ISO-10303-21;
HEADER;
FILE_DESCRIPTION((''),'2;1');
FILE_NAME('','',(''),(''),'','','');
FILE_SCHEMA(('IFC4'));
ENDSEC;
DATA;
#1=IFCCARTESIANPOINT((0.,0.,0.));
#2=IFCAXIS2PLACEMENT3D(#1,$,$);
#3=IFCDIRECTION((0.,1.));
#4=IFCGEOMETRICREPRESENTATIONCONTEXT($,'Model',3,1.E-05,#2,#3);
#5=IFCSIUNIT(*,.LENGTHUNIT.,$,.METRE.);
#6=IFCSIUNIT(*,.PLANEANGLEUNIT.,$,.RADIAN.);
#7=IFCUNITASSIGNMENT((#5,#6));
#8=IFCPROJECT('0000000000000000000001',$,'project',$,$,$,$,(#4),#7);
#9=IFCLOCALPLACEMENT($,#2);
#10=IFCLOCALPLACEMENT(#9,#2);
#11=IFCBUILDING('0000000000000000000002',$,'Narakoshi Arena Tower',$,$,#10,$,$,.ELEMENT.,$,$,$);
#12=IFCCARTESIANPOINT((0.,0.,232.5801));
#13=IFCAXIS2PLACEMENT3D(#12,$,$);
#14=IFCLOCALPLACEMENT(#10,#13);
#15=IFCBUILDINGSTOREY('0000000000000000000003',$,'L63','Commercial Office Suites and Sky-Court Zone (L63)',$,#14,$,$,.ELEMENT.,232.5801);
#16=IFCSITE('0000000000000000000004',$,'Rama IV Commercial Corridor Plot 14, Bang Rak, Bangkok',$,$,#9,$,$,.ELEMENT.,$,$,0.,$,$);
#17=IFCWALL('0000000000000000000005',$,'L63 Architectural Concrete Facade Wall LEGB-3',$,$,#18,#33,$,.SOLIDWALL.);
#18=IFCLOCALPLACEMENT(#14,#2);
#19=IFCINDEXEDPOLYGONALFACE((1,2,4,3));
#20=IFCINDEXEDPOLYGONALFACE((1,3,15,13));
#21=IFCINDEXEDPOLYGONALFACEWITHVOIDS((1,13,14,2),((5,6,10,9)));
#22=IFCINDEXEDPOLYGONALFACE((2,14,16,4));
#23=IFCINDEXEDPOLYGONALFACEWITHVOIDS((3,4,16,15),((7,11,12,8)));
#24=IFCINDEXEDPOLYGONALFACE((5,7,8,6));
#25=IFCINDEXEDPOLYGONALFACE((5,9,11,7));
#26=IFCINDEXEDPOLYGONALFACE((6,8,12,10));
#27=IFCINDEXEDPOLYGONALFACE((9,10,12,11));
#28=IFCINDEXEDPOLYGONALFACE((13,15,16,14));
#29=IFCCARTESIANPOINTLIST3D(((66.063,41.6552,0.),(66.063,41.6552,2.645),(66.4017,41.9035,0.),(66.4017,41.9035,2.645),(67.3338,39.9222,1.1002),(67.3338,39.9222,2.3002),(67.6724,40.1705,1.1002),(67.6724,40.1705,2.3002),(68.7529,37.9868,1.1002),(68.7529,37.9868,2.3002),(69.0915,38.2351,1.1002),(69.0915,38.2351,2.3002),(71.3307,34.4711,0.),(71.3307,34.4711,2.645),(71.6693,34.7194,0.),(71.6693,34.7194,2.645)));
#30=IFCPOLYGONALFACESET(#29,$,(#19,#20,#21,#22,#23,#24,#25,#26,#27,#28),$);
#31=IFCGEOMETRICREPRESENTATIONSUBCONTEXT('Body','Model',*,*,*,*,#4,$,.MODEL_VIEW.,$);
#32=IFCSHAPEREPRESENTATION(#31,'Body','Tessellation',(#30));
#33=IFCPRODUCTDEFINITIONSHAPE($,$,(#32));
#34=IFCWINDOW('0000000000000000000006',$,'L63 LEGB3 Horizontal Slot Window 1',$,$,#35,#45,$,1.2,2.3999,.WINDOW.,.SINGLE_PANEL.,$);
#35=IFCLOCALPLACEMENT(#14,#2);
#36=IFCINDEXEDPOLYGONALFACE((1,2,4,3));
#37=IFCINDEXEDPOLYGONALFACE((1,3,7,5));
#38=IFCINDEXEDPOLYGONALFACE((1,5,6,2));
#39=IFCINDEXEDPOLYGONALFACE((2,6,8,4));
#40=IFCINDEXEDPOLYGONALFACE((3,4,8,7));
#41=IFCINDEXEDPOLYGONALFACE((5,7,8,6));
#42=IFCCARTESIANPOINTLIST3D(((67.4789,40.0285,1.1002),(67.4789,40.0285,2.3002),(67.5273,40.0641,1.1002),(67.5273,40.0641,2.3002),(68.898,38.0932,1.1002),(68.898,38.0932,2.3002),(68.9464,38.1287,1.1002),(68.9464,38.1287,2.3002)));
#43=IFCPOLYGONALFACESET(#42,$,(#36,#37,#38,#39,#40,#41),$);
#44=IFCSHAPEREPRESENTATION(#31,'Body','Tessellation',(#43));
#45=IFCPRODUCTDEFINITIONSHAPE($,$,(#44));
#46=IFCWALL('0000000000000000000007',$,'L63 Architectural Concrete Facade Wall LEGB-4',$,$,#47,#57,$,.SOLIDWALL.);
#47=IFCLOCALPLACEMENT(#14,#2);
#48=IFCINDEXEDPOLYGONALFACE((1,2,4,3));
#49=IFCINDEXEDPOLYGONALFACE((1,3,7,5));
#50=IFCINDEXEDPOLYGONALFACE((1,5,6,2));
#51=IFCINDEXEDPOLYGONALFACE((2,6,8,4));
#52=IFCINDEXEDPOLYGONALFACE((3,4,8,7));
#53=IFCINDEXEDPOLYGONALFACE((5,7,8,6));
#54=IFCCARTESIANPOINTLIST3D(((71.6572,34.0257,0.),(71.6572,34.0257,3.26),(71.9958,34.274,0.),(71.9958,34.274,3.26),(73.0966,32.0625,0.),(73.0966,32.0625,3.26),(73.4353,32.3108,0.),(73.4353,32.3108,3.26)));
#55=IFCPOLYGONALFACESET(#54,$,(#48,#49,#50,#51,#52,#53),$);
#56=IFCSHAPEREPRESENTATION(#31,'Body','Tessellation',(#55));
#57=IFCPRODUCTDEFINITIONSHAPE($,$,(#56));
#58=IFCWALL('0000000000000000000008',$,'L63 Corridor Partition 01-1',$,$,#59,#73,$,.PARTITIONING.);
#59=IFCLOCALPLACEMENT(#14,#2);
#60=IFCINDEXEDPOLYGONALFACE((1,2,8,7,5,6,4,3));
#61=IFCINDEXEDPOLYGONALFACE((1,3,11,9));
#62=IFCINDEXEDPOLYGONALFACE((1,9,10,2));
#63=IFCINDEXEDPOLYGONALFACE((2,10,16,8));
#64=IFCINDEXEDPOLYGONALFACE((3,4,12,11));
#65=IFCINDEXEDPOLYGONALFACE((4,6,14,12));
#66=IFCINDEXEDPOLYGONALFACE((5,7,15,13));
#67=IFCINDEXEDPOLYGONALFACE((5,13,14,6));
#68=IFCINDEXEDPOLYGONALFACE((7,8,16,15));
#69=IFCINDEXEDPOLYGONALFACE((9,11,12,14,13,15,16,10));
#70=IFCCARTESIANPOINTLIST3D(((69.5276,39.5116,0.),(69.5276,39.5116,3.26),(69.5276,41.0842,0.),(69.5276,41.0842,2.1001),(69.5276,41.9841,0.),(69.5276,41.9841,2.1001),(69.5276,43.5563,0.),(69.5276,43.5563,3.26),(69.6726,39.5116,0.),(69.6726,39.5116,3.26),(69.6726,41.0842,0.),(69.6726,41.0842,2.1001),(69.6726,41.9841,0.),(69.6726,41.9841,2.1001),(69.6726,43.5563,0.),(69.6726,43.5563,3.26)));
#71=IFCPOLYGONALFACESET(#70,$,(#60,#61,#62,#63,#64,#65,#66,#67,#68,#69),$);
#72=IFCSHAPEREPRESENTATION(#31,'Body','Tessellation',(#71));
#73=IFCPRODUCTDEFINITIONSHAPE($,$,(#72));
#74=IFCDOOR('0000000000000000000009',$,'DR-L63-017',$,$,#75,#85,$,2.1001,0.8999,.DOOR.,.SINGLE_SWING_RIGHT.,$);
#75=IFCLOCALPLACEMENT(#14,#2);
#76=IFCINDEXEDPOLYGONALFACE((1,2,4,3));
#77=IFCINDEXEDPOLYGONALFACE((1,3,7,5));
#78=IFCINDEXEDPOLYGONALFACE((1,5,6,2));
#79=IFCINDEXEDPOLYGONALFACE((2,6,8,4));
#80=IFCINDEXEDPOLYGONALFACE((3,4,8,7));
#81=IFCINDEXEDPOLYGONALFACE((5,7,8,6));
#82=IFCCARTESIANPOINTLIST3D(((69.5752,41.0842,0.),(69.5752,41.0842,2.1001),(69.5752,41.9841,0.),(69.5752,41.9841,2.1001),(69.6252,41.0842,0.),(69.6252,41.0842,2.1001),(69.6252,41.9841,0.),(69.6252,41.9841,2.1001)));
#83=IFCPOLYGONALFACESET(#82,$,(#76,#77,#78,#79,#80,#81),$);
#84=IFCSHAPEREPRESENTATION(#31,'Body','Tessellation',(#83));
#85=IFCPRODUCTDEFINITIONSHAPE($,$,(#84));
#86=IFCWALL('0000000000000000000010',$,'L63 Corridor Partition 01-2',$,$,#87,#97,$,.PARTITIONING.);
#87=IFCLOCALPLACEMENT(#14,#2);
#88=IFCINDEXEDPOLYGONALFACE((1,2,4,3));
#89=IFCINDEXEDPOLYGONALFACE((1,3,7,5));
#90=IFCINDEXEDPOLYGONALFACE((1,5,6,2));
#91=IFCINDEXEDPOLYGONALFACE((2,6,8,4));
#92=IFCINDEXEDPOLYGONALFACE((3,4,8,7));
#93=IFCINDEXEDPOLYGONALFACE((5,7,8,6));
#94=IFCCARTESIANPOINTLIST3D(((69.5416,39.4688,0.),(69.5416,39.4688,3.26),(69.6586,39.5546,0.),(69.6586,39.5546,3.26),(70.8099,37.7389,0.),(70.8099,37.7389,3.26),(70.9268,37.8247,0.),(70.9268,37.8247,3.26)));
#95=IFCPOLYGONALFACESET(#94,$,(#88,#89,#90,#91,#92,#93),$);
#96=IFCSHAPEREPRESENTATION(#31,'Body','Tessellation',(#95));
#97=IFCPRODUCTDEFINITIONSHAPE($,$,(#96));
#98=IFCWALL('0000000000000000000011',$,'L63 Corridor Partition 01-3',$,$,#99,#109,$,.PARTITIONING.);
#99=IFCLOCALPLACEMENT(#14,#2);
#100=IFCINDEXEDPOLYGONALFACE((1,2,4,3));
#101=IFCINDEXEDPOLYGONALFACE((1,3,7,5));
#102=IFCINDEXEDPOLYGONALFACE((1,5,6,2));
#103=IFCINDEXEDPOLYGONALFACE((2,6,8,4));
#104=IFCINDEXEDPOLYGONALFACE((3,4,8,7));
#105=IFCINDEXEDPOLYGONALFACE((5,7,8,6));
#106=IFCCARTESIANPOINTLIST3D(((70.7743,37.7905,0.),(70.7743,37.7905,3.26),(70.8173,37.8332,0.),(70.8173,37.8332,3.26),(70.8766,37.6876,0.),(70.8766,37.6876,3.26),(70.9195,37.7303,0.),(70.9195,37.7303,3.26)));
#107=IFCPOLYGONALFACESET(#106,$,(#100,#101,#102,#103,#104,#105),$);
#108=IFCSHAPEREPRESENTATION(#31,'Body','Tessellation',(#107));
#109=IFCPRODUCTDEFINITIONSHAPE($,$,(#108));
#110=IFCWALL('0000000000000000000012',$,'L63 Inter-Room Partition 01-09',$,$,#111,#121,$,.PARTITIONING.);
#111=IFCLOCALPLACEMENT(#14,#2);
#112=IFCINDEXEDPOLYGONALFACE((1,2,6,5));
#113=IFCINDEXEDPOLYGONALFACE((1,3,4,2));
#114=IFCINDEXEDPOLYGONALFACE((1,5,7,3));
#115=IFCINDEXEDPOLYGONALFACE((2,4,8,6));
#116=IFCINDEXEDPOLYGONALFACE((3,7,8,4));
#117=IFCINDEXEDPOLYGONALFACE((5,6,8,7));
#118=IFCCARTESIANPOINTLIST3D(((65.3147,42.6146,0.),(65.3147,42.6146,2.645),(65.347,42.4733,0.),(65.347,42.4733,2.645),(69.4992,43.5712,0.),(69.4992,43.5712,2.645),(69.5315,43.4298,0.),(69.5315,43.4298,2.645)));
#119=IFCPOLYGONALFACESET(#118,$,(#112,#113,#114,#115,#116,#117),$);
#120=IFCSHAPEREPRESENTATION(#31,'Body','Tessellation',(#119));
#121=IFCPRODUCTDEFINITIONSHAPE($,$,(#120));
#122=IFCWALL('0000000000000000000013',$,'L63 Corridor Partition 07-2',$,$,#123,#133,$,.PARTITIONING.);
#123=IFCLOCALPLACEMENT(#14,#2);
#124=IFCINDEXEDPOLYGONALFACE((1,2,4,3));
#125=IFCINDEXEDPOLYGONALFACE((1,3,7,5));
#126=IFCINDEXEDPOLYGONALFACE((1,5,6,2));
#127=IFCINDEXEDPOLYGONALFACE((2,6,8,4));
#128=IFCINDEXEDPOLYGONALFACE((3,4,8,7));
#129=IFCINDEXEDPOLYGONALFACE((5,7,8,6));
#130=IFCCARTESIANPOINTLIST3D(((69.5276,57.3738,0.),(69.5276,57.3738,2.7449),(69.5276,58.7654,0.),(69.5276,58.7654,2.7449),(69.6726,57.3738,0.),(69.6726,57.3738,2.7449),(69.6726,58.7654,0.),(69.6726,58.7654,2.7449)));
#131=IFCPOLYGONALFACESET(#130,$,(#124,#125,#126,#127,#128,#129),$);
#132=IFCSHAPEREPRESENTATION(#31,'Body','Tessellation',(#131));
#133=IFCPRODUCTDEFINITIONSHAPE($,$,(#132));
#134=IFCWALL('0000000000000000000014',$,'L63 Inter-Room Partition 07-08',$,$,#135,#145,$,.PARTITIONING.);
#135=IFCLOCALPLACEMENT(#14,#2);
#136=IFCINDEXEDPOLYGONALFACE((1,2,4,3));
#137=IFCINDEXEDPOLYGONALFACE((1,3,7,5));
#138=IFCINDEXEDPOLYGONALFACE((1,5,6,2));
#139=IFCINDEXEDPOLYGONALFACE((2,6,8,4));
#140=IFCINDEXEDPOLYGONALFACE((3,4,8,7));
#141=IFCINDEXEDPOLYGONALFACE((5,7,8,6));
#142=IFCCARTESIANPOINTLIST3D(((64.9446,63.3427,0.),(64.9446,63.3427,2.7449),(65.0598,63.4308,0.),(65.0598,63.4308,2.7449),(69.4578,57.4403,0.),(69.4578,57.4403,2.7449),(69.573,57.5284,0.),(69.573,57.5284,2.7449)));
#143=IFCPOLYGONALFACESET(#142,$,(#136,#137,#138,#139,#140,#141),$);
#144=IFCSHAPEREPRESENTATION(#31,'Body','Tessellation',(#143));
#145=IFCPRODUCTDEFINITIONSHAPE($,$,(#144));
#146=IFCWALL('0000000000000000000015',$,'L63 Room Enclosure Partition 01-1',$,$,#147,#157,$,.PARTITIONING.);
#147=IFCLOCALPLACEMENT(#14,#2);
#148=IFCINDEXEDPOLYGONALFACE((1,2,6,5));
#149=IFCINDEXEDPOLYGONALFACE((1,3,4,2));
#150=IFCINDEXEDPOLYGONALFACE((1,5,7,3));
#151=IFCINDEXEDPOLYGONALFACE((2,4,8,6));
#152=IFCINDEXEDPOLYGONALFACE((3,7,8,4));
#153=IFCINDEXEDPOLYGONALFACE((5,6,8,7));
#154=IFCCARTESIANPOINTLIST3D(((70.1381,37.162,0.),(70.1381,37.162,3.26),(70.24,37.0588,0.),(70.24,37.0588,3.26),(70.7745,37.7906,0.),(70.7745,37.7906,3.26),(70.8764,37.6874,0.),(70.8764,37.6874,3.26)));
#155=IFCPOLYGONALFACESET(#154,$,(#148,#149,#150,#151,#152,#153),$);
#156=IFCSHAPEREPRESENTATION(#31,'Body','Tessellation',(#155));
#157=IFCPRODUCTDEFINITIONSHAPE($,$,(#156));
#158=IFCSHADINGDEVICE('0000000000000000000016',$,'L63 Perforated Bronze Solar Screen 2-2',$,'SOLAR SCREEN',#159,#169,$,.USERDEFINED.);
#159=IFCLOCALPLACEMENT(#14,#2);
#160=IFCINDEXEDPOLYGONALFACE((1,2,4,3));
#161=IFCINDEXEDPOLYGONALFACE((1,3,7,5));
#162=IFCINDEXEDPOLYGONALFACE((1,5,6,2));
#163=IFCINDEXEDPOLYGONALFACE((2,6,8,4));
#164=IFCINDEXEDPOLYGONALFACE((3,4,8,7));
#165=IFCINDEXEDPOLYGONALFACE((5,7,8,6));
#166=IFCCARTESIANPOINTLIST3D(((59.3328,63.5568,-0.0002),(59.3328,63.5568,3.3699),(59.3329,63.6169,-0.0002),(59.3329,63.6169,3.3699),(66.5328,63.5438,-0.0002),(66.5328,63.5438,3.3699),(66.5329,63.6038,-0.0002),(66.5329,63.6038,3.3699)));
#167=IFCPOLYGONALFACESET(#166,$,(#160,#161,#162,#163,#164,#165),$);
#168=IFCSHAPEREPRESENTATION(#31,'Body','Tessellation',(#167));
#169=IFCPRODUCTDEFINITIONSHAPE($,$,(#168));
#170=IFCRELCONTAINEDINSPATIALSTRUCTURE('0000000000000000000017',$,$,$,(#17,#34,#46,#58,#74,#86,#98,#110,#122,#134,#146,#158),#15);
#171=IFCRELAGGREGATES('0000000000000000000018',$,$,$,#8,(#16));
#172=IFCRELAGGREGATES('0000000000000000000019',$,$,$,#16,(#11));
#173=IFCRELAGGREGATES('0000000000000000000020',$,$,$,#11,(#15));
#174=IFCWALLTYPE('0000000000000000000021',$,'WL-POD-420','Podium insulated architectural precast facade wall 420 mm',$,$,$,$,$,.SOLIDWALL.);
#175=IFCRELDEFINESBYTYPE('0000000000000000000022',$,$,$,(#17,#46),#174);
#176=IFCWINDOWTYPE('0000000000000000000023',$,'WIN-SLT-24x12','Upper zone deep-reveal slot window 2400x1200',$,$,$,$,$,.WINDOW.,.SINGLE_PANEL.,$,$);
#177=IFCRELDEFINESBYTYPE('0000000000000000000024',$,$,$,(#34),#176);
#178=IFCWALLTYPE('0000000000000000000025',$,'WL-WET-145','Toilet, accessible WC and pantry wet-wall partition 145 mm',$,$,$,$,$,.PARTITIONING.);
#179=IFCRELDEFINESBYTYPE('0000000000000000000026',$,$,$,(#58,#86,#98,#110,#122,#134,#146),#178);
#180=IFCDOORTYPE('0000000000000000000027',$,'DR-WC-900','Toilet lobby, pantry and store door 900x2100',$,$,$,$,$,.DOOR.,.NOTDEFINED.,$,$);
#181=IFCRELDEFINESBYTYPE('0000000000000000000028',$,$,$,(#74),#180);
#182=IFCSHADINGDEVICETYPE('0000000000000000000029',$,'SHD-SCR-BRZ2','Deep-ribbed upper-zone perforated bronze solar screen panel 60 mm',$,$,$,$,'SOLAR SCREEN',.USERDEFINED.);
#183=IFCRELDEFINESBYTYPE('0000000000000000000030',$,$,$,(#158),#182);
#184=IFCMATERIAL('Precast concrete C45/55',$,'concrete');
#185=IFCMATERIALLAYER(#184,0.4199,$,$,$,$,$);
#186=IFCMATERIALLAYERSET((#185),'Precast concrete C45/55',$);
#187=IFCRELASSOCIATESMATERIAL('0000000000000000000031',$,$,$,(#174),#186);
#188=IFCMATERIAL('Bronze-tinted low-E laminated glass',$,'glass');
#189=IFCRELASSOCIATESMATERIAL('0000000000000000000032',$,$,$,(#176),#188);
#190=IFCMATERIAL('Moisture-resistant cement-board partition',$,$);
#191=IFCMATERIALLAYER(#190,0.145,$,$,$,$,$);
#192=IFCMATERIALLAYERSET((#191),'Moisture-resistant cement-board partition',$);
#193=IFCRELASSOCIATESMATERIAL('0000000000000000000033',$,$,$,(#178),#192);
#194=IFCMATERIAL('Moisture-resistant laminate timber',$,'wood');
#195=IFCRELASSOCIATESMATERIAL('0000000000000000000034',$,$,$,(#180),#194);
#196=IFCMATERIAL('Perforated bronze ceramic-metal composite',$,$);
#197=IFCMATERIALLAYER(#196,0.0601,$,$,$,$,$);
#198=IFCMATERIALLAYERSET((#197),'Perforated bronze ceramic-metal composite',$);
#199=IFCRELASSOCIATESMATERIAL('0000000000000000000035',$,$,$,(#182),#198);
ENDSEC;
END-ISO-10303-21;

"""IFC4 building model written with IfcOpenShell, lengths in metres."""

from ifc_helpers import new_model, si_unit, direction, frame, frame_2d, origin, origin_2d, place, context, subcontext, project, spatial, rectangle, extrude, material, layer, layer_set, type_object, element, fill, save


model = new_model("IFC4")

# Units and contexts
model_context = context("Model", 3, precision=1e-05, world=origin(), true_north=direction((0.0, 1.0)))
body_context = subcontext(model_context, "Body", "Model", "MODEL_VIEW")
ifc_project = project(units=[si_unit("LENGTHUNIT", "METRE"), si_unit("PLANEANGLEUNIT", "RADIAN")], contexts=[model_context])

# Site, building, storey
site_placement = place(None, origin())
site = spatial("IfcSite", under=ifc_project, at=site_placement, Name="Rama IV Commercial Corridor Plot 14, Bang Rak, Bangkok", CompositionType="ELEMENT", RefElevation=0.0)
building_placement = place(site_placement, origin())
building = spatial("IfcBuilding", under=site, at=building_placement, Name="Narakoshi Arena Tower", CompositionType="ELEMENT")
storey_placement = place(building_placement, frame((0.0, 0.0, 232.5801)))
storey = spatial("IfcBuildingStorey", under=building, at=storey_placement, Name="L63", Description="Commercial Office Suites and Sky-Court Zone (L63)", CompositionType="ELEMENT", Elevation=232.5801)

# Shared definitions
ifc_material_1 = material(Name="Bronze-tinted low-E laminated glass", Category="glass")

# Wall, opening, window
ifc_material_2 = material(Name="Precast concrete C45/55", Category="concrete")
ifc_layer_1 = layer(ifc_material_2, 0.4199)
ifc_layer_set_1 = layer_set([ifc_layer_1], Name="Precast concrete C45/55")
wall_type_1 = type_object("IfcWallType", Name="WL-POD-420", Description="Podium insulated architectural precast facade wall 420 mm", PredefinedType="SOLIDWALL", material=ifc_layer_set_1)
wall_1_placement = place(storey_placement, frame((66.2324, 41.7793, 0.0), z_axis=(0.0, 0.0, 1.0), x_axis=(0.591309, -0.806445, 0.0)))
wall_1 = element("IfcWall", 1, at=wall_1_placement, inside=storey, type_object=wall_type_1, Name="L63 Architectural Concrete Facade Wall LEGB-3", PredefinedType="SOLIDWALL", context=body_context, shape_type="SweptSolid", body=[
    extrude(rectangle(XDim=8.9084, YDim=0.4199, at=frame_2d((4.4541, 0.0))), origin(), (0.0, 0.0, 1.0), 2.645),
])
opening_1_placement = place(wall_1_placement, frame((2.1489, 0.0, 1.1001)))
opening_1 = element("IfcOpeningElement", 2, at=opening_1_placement, cuts=wall_1, PredefinedType="OPENING", context=body_context, shape_type="SweptSolid", body=[
    extrude(rectangle(XDim=2.3999, YDim=1.2, at=frame_2d((1.2, 0.6001))), frame((0.0, 0.22, 0.0), z_axis=(0.0, -1.0, 0.0), x_axis=(1.0, 0.0, 0.0)), (0.0, 0.0, 1.0), 0.4399),
])
window_type = type_object("IfcWindowType", Name="WIN-SLT-24x12", Description="Upper zone deep-reveal slot window 2400x1200", PartitioningType="SINGLE_PANEL", PredefinedType="WINDOW", material=ifc_material_1)
window_placement = place(opening_1_placement, origin())
window = element("IfcWindow", 3, at=window_placement, inside=storey, type_object=window_type, Name="L63 LEGB3 Horizontal Slot Window 1", OverallHeight=1.2, OverallWidth=2.3999, PartitioningType="SINGLE_PANEL", PredefinedType="WINDOW", context=body_context, shape_type="SweptSolid", body=[
    extrude(rectangle(XDim=2.3999, YDim=1.2, at=frame_2d((1.2, 0.6001))), frame((0.0, 0.03, 0.0), z_axis=(0.0, -1.0, 0.0), x_axis=(1.0, 0.0, 0.0)), (0.0, 0.0, 1.0), 0.0601),
])
fill(opening_1, window)

# Wall
wall_2_placement = place(storey_placement, frame((71.8264, 34.1499, 0.0), z_axis=(0.0, 0.0, 1.0), x_axis=(0.591316, -0.80644, 0.0)))
element("IfcWall", 4, at=wall_2_placement, inside=storey, type_object=wall_type_1, Name="L63 Architectural Concrete Facade Wall LEGB-4", PredefinedType="SOLIDWALL", context=body_context, shape_type="SweptSolid", body=[
    extrude(rectangle(XDim=2.4343, YDim=0.4199, at=frame_2d((1.2173, 0.0))), origin(), (0.0, 0.0, 1.0), 3.26),
])

# Wall, opening, door
ifc_material_3 = material(Name="Moisture-resistant cement-board partition")
ifc_layer_2 = layer(ifc_material_3, 0.145)
ifc_layer_set_2 = layer_set([ifc_layer_2], Name="Moisture-resistant cement-board partition")
wall_type_2 = type_object("IfcWallType", Name="WL-WET-145", Description="Toilet, accessible WC and pantry wet-wall partition 145 mm", PredefinedType="PARTITIONING", material=ifc_layer_set_2)
wall_3_placement = place(storey_placement, frame((69.6001, 43.5564, 0.0), z_axis=(0.0, 0.0, 1.0), x_axis=(0.0, -1.0, 0.0)))
wall_3 = element("IfcWall", 5, at=wall_3_placement, inside=storey, type_object=wall_type_2, Name="L63 Corridor Partition 01-1", PredefinedType="PARTITIONING", context=body_context, shape_type="SweptSolid", body=[
    extrude(rectangle(XDim=4.0447, YDim=0.145, at=frame_2d((2.0225, 0.0))), origin(), (0.0, 0.0, 1.0), 3.26),
])
opening_2_placement = place(wall_3_placement, frame((1.5723, 0.0, 0.0)))
opening_2 = element("IfcOpeningElement", 6, at=opening_2_placement, cuts=wall_3, PredefinedType="OPENING", context=body_context, shape_type="SweptSolid", body=[
    extrude(rectangle(XDim=0.8999, YDim=2.1001, at=frame_2d((0.45, 1.05))), frame((0.0, 0.0825, 0.0), z_axis=(0.0, -1.0, 0.0), x_axis=(1.0, 0.0, 0.0)), (0.0, 0.0, 1.0), 0.165),
])
ifc_material_4 = material(Name="Moisture-resistant laminate timber", Category="wood")
door_type_1 = type_object("IfcDoorType", Name="DR-WC-900", Description="Toilet lobby, pantry and store door 900x2100", OperationType="NOTDEFINED", PredefinedType="DOOR", material=ifc_material_4)
door_1_placement = place(opening_2_placement, frame((0.8999, 0.0, 0.0), z_axis=(0.0, 0.0, 1.0), x_axis=(-1.0, 0.0, 0.0)))
door_1 = element("IfcDoor", 7, at=door_1_placement, inside=storey, type_object=door_type_1, Name="DR-L63-017", OperationType="SINGLE_SWING_RIGHT", OverallHeight=2.1001, OverallWidth=0.8999, PredefinedType="DOOR", context=body_context, shape_type="SweptSolid", body=[
    extrude(rectangle(XDim=0.8999, YDim=2.1001, at=frame_2d((0.45, 1.05))), frame((0.0, 0.0249, 0.0), z_axis=(0.0, -1.0, 0.0), x_axis=(1.0, 0.0, 0.0)), (0.0, 0.0, 1.0), 0.05),
])
fill(opening_2, door_1)

# Walls
wall_4_placement = place(storey_placement, frame((69.6001, 39.5117, 0.0), z_axis=(0.0, 0.0, 1.0), x_axis=(0.59126, -0.806481, 0.0)))
element("IfcWall", 8, at=wall_4_placement, inside=storey, type_object=wall_type_2, Name="L63 Corridor Partition 01-2", PredefinedType="PARTITIONING", context=body_context, shape_type="SweptSolid", body=[
    extrude(rectangle(XDim=2.145, YDim=0.145, at=frame_2d((1.0725, 0.0))), origin(), (0.0, 0.0, 1.0), 3.26),
])
wall_5_placement = place(storey_placement, frame((70.8684, 37.7817, 0.0), z_axis=(0.0, 0.0, 1.0), x_axis=(-0.709118, -0.705089, 0.0)))
element("IfcWall", 9, at=wall_5_placement, inside=storey, type_object=wall_type_2, Name="L63 Corridor Partition 01-3", PredefinedType="PARTITIONING", context=body_context, shape_type="SweptSolid", body=[
    extrude(rectangle(XDim=0.0605, YDim=0.145, at=frame_2d((0.0303, 0.0))), origin(), (0.0, 0.0, 1.0), 3.26),
])
wall_6_placement = place(storey_placement, frame((65.3308, 42.5439, 0.0), z_axis=(0.0, 0.0, 1.0), x_axis=(0.974855, 0.22284, 0.0)))
element("IfcWall", 10, at=wall_6_placement, inside=storey, type_object=wall_type_2, Name="L63 Inter-Room Partition 01-09", PredefinedType="PARTITIONING", context=body_context, shape_type="SweptSolid", body=[
    extrude(rectangle(XDim=4.2925, YDim=0.145, at=frame_2d((2.1462, 0.0))), origin(), (0.0, 0.0, 1.0), 2.645),
])
wall_7_placement = place(storey_placement, frame((69.6001, 58.7654, 0.0), z_axis=(0.0, 0.0, 1.0), x_axis=(0.0, -1.0, 0.0)))
element("IfcWall", 11, at=wall_7_placement, inside=storey, type_object=wall_type_2, Name="L63 Corridor Partition 07-2", PredefinedType="PARTITIONING", context=body_context, shape_type="SweptSolid", body=[
    extrude(rectangle(XDim=1.3916, YDim=0.145, at=frame_2d((0.6958, 0.0))), origin(), (0.0, 0.0, 1.0), 2.7449),
])
wall_8_placement = place(storey_placement, frame((69.5154, 57.4844, 0.0), z_axis=(0.0, 0.0, 1.0), x_axis=(-0.607418, 0.794382, 0.0)))
element("IfcWall", 12, at=wall_8_placement, inside=storey, type_object=wall_type_2, Name="L63 Inter-Room Partition 07-08", PredefinedType="PARTITIONING", context=body_context, shape_type="SweptSolid", body=[
    extrude(rectangle(XDim=7.4302, YDim=0.145, at=frame_2d((3.7151, 0.0))), origin(), (0.0, 0.0, 1.0), 2.7449),
])
wall_9_placement = place(storey_placement, frame((70.8254, 37.739, 0.0), z_axis=(0.0, 0.0, 1.0), x_axis=(-0.71146, -0.702727, 0.0)))
element("IfcWall", 13, at=wall_9_placement, inside=storey, type_object=wall_type_2, Name="L63 Room Enclosure Partition 01-1", PredefinedType="PARTITIONING", context=body_context, shape_type="SweptSolid", body=[
    extrude(rectangle(XDim=0.8945, YDim=0.145, at=frame_2d((0.4473, 0.0))), origin(), (0.0, 0.0, 1.0), 3.26),
])

# Shading device
ifc_material_5 = material(Name="Perforated bronze ceramic-metal composite")
ifc_layer_3 = layer(ifc_material_5, 0.0601)
ifc_layer_set_3 = layer_set([ifc_layer_3], Name="Perforated bronze ceramic-metal composite")
shading_device_type = type_object("IfcShadingDeviceType", Name="SHD-SCR-BRZ2", Description="Deep-ribbed upper-zone perforated bronze solar screen panel 60 mm", ElementType="SOLAR SCREEN", PredefinedType="USERDEFINED", material=ifc_layer_set_3)
shading_device_placement = place(storey_placement, frame((62.9329, 63.5803, -0.0002), z_axis=(0.0, 0.0, 1.0), x_axis=(-0.999998, 0.001815, 0.0)))
element("IfcShadingDevice", 14, at=shading_device_placement, inside=storey, type_object=shading_device_type, Name="L63 Perforated Bronze Solar Screen 2-2", ObjectType="SOLAR SCREEN", PredefinedType="USERDEFINED", context=body_context, shape_type="SweptSolid", body=[
    extrude(rectangle(XDim=7.2, YDim=0.0601, at=origin_2d()), origin(), (0.0, 0.0, 1.0), 3.3701),
])

save(model, "model.ifc")
